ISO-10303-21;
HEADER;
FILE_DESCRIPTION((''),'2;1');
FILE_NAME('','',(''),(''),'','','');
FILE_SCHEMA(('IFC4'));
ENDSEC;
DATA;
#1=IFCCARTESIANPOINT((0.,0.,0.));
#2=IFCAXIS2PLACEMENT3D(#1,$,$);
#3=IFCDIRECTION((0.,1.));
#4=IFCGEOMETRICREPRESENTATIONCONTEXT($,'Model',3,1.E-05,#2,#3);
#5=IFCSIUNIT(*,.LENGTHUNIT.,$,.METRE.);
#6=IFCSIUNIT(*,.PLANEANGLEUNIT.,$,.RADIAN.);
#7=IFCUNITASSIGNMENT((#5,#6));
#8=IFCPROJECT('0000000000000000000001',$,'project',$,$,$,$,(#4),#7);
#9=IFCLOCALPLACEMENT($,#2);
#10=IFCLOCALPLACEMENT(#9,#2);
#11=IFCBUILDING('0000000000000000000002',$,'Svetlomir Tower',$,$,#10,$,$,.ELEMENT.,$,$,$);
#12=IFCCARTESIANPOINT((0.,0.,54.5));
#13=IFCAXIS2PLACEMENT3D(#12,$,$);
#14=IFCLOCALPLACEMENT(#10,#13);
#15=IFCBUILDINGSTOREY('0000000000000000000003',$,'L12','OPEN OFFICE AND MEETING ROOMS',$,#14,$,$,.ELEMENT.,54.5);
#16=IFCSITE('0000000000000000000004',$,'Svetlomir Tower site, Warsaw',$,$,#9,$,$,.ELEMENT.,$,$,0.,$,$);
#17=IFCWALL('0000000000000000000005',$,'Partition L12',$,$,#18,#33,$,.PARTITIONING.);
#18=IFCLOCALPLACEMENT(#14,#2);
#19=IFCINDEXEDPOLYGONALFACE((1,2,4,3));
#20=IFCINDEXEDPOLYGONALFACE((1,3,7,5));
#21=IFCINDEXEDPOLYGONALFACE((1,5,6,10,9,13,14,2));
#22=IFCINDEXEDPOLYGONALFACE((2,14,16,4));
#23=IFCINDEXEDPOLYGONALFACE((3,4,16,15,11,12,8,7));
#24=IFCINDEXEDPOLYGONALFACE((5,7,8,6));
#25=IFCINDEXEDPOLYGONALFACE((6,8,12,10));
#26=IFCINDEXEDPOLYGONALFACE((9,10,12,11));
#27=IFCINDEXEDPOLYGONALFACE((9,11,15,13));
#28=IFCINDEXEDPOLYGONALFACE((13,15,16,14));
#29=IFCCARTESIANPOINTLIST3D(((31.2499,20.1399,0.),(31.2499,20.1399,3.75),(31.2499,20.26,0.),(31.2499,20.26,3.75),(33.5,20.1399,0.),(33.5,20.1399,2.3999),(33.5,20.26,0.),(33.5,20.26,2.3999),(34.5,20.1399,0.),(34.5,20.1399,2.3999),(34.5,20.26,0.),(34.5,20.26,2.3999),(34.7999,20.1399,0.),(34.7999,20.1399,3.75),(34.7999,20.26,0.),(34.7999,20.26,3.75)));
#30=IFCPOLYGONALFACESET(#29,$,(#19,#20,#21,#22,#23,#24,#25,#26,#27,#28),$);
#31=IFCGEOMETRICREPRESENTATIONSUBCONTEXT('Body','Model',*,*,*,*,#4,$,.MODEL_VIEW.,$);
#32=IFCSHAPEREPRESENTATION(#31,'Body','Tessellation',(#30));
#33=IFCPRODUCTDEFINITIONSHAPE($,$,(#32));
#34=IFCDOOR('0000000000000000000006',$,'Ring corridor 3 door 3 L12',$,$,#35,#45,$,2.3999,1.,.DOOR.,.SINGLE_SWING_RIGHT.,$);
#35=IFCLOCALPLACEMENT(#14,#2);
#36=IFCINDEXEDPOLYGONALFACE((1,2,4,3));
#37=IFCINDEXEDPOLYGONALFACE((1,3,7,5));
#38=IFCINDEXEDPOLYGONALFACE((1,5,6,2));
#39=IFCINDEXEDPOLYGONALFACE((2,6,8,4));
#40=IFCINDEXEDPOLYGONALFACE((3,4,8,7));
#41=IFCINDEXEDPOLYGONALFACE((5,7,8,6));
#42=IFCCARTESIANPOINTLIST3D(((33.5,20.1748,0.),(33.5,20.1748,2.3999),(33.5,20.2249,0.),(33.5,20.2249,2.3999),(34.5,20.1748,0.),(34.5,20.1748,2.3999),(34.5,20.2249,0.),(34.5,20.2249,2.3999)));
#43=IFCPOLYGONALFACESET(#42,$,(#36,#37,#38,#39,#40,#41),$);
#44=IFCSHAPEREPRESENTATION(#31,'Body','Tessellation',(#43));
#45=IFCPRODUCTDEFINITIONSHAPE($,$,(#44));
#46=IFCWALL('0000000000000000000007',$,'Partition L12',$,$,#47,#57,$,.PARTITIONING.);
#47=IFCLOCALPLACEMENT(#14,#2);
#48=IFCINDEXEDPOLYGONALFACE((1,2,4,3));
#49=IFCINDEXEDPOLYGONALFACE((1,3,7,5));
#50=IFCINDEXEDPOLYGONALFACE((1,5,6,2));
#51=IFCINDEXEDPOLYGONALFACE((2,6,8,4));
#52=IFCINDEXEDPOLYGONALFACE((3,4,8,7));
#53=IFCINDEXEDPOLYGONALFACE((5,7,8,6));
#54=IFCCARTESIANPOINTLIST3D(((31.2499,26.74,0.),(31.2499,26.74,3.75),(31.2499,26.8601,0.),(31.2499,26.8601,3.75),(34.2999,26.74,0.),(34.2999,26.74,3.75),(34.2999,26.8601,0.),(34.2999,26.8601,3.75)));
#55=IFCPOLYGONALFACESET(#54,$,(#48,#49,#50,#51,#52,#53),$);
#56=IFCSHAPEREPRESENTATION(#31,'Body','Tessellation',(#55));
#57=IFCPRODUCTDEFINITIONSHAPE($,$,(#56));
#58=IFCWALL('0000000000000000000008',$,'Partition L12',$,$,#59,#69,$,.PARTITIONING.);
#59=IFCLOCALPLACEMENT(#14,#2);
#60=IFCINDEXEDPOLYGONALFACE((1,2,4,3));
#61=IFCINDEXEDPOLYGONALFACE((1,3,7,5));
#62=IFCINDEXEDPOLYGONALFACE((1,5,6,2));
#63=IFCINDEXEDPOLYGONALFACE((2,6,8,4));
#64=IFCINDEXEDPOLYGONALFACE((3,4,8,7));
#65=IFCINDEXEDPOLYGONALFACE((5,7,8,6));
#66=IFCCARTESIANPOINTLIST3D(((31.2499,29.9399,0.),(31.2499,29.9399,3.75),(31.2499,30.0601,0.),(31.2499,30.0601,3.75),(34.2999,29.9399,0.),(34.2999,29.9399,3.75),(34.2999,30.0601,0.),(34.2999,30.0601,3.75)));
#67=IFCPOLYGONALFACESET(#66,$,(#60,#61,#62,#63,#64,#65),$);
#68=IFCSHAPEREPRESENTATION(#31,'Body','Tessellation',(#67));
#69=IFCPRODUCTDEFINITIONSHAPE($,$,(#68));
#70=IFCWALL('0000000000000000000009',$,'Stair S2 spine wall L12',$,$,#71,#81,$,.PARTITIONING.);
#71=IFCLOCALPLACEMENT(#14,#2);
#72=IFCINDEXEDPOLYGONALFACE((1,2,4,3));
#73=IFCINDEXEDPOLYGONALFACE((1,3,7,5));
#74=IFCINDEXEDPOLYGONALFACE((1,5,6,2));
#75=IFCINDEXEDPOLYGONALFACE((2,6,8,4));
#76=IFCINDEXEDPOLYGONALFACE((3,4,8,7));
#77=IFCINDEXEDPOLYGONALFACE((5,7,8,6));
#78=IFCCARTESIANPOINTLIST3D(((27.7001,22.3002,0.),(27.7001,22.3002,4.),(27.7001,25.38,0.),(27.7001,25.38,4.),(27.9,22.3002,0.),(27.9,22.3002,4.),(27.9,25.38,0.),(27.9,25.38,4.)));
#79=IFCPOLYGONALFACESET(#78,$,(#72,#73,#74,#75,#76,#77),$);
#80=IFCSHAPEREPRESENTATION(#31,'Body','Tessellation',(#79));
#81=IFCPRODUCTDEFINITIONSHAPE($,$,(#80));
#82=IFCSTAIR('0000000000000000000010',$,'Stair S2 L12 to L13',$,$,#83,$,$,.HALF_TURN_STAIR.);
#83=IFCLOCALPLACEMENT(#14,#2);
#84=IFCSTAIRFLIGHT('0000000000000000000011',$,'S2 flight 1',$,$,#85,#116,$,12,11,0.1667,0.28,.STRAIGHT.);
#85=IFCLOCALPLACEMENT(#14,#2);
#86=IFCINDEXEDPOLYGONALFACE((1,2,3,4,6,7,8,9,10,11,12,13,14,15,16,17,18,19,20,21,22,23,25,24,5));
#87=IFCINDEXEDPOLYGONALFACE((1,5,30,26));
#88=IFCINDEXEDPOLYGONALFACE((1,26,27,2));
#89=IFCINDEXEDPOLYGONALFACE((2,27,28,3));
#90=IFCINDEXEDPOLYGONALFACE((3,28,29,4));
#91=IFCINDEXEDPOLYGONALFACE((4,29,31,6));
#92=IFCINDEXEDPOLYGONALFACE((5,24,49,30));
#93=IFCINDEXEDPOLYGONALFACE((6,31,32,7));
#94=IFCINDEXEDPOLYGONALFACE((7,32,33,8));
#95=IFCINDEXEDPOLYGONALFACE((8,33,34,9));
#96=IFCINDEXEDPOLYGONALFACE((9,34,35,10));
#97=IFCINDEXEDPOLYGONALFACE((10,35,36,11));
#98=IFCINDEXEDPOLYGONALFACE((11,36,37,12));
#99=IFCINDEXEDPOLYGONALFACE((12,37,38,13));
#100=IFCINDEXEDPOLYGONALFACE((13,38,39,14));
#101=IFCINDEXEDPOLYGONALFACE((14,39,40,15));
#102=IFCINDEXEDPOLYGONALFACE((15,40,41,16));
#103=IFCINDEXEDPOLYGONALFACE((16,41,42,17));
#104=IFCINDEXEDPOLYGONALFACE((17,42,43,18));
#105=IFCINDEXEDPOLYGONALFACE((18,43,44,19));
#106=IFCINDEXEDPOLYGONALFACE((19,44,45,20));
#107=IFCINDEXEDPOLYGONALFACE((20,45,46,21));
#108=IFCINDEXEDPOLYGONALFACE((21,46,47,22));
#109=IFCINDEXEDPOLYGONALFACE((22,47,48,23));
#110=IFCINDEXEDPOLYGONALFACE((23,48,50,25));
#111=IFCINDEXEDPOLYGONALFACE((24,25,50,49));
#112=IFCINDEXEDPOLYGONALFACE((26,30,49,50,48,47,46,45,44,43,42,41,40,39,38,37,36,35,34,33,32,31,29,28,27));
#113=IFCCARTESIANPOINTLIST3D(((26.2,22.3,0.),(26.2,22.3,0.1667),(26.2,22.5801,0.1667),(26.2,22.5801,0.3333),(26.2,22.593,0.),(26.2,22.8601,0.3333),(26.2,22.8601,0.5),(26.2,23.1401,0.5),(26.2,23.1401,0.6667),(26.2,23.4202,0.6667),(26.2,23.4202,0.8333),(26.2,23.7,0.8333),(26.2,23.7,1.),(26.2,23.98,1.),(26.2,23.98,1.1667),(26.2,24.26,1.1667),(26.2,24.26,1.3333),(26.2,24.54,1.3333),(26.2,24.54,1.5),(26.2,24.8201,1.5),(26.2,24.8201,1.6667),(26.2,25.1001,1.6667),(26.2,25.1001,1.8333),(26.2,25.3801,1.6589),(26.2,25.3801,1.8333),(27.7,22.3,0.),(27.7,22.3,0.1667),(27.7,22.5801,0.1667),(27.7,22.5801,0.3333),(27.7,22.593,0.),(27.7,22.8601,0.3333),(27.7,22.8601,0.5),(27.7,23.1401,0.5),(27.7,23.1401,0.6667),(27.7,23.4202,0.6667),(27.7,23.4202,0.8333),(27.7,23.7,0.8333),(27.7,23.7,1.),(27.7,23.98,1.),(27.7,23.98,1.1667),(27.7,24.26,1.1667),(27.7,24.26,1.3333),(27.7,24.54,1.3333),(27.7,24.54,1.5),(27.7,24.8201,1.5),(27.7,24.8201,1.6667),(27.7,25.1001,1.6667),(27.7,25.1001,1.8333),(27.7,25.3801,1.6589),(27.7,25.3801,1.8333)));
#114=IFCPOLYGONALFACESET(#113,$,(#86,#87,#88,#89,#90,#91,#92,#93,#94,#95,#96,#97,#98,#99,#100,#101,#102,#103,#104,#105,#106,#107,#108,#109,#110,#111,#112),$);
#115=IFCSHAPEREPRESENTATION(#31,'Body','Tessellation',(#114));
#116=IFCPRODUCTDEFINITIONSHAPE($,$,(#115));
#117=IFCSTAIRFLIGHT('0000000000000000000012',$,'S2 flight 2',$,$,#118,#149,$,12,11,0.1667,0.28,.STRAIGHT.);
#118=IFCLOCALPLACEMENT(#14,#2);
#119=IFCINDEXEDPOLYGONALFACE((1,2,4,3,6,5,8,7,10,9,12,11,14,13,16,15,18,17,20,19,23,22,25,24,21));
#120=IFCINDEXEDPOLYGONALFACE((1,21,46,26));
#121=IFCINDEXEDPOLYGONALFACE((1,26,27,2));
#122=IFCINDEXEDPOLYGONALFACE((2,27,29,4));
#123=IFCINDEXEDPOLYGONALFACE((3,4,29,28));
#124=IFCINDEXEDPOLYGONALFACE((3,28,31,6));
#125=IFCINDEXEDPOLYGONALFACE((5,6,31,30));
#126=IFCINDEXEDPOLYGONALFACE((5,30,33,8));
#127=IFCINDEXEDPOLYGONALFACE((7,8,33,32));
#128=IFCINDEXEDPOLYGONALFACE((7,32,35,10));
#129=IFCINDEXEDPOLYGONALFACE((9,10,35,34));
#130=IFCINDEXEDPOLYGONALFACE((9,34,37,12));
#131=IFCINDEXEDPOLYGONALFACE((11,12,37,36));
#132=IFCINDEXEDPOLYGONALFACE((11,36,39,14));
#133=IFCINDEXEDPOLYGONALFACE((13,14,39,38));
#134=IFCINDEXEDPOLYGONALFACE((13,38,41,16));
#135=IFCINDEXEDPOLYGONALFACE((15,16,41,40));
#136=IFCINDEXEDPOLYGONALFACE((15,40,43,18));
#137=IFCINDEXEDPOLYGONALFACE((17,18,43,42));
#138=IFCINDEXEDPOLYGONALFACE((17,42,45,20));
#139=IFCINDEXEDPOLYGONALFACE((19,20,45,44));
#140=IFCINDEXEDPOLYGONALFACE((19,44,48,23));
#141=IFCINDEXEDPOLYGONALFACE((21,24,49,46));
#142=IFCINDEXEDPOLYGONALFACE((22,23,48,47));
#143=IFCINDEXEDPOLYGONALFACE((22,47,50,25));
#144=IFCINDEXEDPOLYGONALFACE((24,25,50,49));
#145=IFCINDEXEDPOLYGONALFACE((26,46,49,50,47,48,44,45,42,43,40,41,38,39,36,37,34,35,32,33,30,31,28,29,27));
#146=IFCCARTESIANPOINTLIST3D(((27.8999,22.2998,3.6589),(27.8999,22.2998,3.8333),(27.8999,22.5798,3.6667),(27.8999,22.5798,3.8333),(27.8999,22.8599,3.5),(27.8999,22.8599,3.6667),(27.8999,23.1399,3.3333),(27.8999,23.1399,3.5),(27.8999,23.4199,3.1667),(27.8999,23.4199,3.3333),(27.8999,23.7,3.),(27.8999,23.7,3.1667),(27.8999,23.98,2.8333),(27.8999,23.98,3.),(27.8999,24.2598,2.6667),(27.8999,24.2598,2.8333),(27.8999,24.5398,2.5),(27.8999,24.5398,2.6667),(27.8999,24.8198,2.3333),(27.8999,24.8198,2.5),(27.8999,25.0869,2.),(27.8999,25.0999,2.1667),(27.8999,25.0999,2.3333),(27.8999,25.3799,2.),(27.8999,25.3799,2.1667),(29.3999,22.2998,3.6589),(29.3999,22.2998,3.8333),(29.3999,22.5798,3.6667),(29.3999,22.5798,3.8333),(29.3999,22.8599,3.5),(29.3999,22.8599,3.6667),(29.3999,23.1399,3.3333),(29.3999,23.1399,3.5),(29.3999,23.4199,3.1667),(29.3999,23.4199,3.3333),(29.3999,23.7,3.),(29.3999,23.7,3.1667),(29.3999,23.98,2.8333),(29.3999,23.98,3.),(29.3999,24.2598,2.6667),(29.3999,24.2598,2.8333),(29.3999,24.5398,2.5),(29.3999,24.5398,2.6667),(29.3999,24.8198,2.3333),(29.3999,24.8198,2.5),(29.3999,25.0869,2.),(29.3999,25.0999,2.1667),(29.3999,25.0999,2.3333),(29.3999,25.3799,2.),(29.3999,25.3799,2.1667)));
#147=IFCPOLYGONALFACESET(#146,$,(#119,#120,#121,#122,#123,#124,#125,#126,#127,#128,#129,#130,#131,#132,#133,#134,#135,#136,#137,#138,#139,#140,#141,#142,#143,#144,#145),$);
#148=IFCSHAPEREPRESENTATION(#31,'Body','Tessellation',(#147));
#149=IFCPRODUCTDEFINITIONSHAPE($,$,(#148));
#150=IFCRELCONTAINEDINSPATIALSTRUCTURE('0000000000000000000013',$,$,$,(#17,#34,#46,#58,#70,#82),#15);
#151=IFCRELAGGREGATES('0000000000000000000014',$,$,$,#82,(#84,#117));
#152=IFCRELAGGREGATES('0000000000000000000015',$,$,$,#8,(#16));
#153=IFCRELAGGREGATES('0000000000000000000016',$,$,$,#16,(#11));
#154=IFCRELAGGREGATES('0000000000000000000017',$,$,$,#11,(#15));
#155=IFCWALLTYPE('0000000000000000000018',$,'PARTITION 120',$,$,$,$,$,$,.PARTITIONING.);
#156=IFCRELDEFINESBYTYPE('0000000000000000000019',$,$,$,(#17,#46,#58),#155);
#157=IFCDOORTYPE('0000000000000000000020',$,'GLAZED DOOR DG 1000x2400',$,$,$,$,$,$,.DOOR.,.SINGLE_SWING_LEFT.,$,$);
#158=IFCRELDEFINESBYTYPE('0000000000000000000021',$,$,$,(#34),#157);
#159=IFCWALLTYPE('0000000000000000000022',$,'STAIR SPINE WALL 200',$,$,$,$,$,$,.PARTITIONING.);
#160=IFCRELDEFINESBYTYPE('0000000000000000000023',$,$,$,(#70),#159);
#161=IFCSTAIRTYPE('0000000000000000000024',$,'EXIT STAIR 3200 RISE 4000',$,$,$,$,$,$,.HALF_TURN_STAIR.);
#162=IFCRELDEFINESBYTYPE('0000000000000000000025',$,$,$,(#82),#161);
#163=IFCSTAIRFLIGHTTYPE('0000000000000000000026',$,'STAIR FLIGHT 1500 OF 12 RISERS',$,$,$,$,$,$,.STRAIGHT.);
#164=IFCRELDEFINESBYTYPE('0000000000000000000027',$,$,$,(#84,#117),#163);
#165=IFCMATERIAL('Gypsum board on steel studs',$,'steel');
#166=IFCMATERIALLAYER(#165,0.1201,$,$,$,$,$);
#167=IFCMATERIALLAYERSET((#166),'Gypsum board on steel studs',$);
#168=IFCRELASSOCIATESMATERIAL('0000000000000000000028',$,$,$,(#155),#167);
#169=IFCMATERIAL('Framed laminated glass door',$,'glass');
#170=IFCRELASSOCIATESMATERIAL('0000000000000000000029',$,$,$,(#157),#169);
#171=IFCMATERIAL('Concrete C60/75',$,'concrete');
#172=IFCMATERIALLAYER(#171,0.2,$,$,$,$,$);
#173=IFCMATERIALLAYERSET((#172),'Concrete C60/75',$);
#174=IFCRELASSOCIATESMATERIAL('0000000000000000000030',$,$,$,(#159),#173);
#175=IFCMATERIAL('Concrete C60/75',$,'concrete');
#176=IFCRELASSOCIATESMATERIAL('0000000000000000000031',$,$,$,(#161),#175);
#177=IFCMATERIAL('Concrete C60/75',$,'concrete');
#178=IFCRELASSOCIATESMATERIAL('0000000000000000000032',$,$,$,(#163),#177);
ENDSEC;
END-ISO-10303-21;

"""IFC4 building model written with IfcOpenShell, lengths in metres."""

from ifc_helpers import new_model, si_unit, direction, frame, frame_2d, origin, place, context, subcontext, project, spatial, polyline, rectangle, outline, extrude, material, layer, layer_set, type_object, element, fill, aggregate, save


model = new_model("IFC4")

# Units and contexts
model_context = context("Model", 3, precision=1e-05, world=origin(), true_north=direction((0.0, 1.0)))
body_context = subcontext(model_context, "Body", "Model", "MODEL_VIEW")
ifc_project = project(units=[si_unit("LENGTHUNIT", "METRE"), si_unit("PLANEANGLEUNIT", "RADIAN")], contexts=[model_context])

# Site, building, storey
site_placement = place(None, origin())
site = spatial("IfcSite", under=ifc_project, at=site_placement, Name="Svetlomir Tower site, Warsaw", CompositionType="ELEMENT", RefElevation=0.0)
building_placement = place(site_placement, origin())
building = spatial("IfcBuilding", under=site, at=building_placement, Name="Svetlomir Tower", CompositionType="ELEMENT")
storey_placement = place(building_placement, frame((0.0, 0.0, 54.5)))
storey = spatial("IfcBuildingStorey", under=building, at=storey_placement, Name="L12", Description="OPEN OFFICE AND MEETING ROOMS", CompositionType="ELEMENT", Elevation=54.5)

# Shared definitions
ifc_material_1 = material(Name="Gypsum board on steel studs", Category="steel")
ifc_layer_1 = layer(ifc_material_1, 0.1201)
ifc_layer_set_1 = layer_set([ifc_layer_1], Name="Gypsum board on steel studs")
wall_type_1 = type_object("IfcWallType", Name="PARTITION 120", PredefinedType="PARTITIONING", material=ifc_layer_set_1)
ifc_material_2 = material(Name="Framed laminated glass door", Category="glass")
door_type_1 = type_object("IfcDoorType", Name="GLAZED DOOR DG 1000x2400", OperationType="SINGLE_SWING_LEFT", PredefinedType="DOOR", material=ifc_material_2)

# Wall, opening, door
wall_1_placement = place(storey_placement, frame((31.25, 20.2, 0.0), z_axis=(0.0, 0.0, 1.0), x_axis=(1.0, 0.0, 0.0)))
wall_1 = element("IfcWall", 1, at=wall_1_placement, inside=storey, type_object=wall_type_1, Name="Partition L12", PredefinedType="PARTITIONING", context=body_context, shape_type="SweptSolid", body=[
    extrude(rectangle(XDim=3.55, YDim=0.1201, at=frame_2d((1.7749, 0.0))), origin(), (0.0, 0.0, 1.0), 3.75),
])
opening_1_placement = place(wall_1_placement, frame((2.25, 0.0, 0.0)))
opening_1 = element("IfcOpeningElement", 2, at=opening_1_placement, cuts=wall_1, PredefinedType="OPENING", context=body_context, shape_type="SweptSolid", body=[
    extrude(rectangle(XDim=1.0, YDim=2.3999, at=frame_2d((0.5, 1.2))), frame((0.0, 0.0701, 0.0), z_axis=(0.0, -1.0, 0.0), x_axis=(1.0, 0.0, 0.0)), (0.0, 0.0, 1.0), 0.1401),
])
door_1_placement = place(opening_1_placement, origin())
door_1 = element("IfcDoor", 3, at=door_1_placement, inside=storey, type_object=door_type_1, Name="Ring corridor 3 door 3 L12", OperationType="SINGLE_SWING_RIGHT", OverallHeight=2.3999, OverallWidth=1.0, PredefinedType="DOOR", context=body_context, shape_type="SweptSolid", body=[
    extrude(rectangle(XDim=1.0, YDim=2.3999, at=frame_2d((0.5, 1.2))), frame((0.0, 0.0249, 0.0), z_axis=(0.0, -1.0, 0.0), x_axis=(1.0, 0.0, 0.0)), (0.0, 0.0, 1.0), 0.05),
])
fill(opening_1, door_1)

# Walls
for number, where, z_axis, x_axis, name in (
    (4, (31.25, 26.8, 0.0), (0.0, 0.0, 1.0), (1.0, 0.0, 0.0), "Partition L12"),
    (5, (31.25, 30.0, 0.0), (0.0, 0.0, 1.0), (1.0, 0.0, 0.0), "Partition L12"),
):
    element("IfcWall", number, at=place(storey_placement, frame(where, z_axis=z_axis, x_axis=x_axis)), inside=storey, type_object=wall_type_1, Name=name, PredefinedType="PARTITIONING", context=body_context, shape_type="SweptSolid", body=[
        extrude(rectangle(XDim=3.05, YDim=0.1201, at=frame_2d((1.5249, 0.0))), origin(), (0.0, 0.0, 1.0), 3.75),
    ])
ifc_material_3 = material(Name="Concrete C60/75", Category="concrete")
ifc_layer_2 = layer(ifc_material_3, 0.2)
ifc_layer_set_2 = layer_set([ifc_layer_2], Name="Concrete C60/75")
wall_type_2 = type_object("IfcWallType", Name="STAIR SPINE WALL 200", PredefinedType="PARTITIONING", material=ifc_layer_set_2)
wall_2_placement = place(storey_placement, frame((27.8, 22.3, 0.0), z_axis=(0.0, 0.0, 1.0), x_axis=(0.0, 1.0, 0.0)))
element("IfcWall", 6, at=wall_2_placement, inside=storey, type_object=wall_type_2, Name="Stair S2 spine wall L12", PredefinedType="PARTITIONING", context=body_context, shape_type="SweptSolid", body=[
    extrude(rectangle(XDim=3.0798, YDim=0.2, at=frame_2d((1.54, 0.0))), origin(), (0.0, 0.0, 1.0), 4.0),
])

# Stair, stair flights
ifc_material_4 = material(Name="Concrete C60/75", Category="concrete")
stair_type = type_object("IfcStairType", Name="EXIT STAIR 3200 RISE 4000", PredefinedType="HALF_TURN_STAIR", material=ifc_material_4)
stair_placement = place(storey_placement, origin())
stair = element("IfcStair", 7, at=stair_placement, inside=storey, type_object=stair_type, Name="Stair S2 L12 to L13", PredefinedType="HALF_TURN_STAIR")
ifc_material_5 = material(Name="Concrete C60/75", Category="concrete")
stair_flight_type = type_object("IfcStairFlightType", Name="STAIR FLIGHT 1500 OF 12 RISERS", PredefinedType="STRAIGHT", material=ifc_material_5)
stair_flight_1_placement = place(storey_placement, frame((26.95, 22.3, 0.0), z_axis=(0.0, 0.0, 1.0), x_axis=(0.0, 1.0, 0.0)))
stair_flight_1 = element("IfcStairFlight", 8, at=stair_flight_1_placement, type_object=stair_flight_type, Name="S2 flight 1", NumberOfRisers=12, NumberOfTreads=11, PredefinedType="STRAIGHT", RiserHeight=0.1667, TreadLength=0.28, context=body_context, shape_type="SweptSolid", body=[
    extrude(outline(polyline([(0.0, 0.0), (0.0, 0.1667), (0.28, 0.1667), (0.28, 0.3333), (0.5601, 0.3333), (0.5601, 0.5), (0.8401, 0.5), (0.8401, 0.6667), (1.1201, 0.6667), (1.1201, 0.8333), (1.3999, 0.8333), (1.3999, 1.0), (1.6799, 1.0), (1.6799, 1.1667), (1.96, 1.1667), (1.96, 1.3333), (2.24, 1.3333), (2.24, 1.5), (2.52, 1.5), (2.52, 1.6667), (2.8, 1.6667), (2.8, 1.8333), (3.0801, 1.8333), (3.0801, 2.0), (3.0801, 1.6589), (0.293, 0.0), (0.0, 0.0)])), frame((0.0, 0.75, 0.0), z_axis=(0.0, -1.0, 0.0), x_axis=(1.0, 0.0, 0.0)), (0.0, 0.0, 1.0), 1.5),
])
stair_flight_2_placement = place(storey_placement, frame((28.6499, 25.3799, 2.0), z_axis=(0.0, 0.0, 1.0), x_axis=(0.0, -1.0, 0.0)))
stair_flight_2 = element("IfcStairFlight", 9, at=stair_flight_2_placement, type_object=stair_flight_type, Name="S2 flight 2", NumberOfRisers=12, NumberOfTreads=11, PredefinedType="STRAIGHT", RiserHeight=0.1667, TreadLength=0.28, context=body_context, shape_type="SweptSolid", body=[
    extrude(outline(polyline([(0.0, 0.0), (0.0, 0.1667), (0.28, 0.1667), (0.28, 0.3333), (0.5601, 0.3333), (0.5601, 0.5), (0.8401, 0.5), (0.8401, 0.6667), (1.1201, 0.6667), (1.1201, 0.8333), (1.3999, 0.8333), (1.3999, 1.0), (1.6799, 1.0), (1.6799, 1.1667), (1.96, 1.1667), (1.96, 1.3333), (2.24, 1.3333), (2.24, 1.5), (2.52, 1.5), (2.52, 1.6667), (2.8, 1.6667), (2.8, 1.8333), (3.0801, 1.8333), (3.0801, 2.0), (3.0801, 1.6589), (0.293, 0.0), (0.0, 0.0)])), frame((0.0, 0.75, 0.0), z_axis=(0.0, -1.0, 0.0), x_axis=(1.0, 0.0, 0.0)), (0.0, 0.0, 1.0), 1.5),
])
aggregate(stair, [stair_flight_1, stair_flight_2])

save(model, "model.ifc")
